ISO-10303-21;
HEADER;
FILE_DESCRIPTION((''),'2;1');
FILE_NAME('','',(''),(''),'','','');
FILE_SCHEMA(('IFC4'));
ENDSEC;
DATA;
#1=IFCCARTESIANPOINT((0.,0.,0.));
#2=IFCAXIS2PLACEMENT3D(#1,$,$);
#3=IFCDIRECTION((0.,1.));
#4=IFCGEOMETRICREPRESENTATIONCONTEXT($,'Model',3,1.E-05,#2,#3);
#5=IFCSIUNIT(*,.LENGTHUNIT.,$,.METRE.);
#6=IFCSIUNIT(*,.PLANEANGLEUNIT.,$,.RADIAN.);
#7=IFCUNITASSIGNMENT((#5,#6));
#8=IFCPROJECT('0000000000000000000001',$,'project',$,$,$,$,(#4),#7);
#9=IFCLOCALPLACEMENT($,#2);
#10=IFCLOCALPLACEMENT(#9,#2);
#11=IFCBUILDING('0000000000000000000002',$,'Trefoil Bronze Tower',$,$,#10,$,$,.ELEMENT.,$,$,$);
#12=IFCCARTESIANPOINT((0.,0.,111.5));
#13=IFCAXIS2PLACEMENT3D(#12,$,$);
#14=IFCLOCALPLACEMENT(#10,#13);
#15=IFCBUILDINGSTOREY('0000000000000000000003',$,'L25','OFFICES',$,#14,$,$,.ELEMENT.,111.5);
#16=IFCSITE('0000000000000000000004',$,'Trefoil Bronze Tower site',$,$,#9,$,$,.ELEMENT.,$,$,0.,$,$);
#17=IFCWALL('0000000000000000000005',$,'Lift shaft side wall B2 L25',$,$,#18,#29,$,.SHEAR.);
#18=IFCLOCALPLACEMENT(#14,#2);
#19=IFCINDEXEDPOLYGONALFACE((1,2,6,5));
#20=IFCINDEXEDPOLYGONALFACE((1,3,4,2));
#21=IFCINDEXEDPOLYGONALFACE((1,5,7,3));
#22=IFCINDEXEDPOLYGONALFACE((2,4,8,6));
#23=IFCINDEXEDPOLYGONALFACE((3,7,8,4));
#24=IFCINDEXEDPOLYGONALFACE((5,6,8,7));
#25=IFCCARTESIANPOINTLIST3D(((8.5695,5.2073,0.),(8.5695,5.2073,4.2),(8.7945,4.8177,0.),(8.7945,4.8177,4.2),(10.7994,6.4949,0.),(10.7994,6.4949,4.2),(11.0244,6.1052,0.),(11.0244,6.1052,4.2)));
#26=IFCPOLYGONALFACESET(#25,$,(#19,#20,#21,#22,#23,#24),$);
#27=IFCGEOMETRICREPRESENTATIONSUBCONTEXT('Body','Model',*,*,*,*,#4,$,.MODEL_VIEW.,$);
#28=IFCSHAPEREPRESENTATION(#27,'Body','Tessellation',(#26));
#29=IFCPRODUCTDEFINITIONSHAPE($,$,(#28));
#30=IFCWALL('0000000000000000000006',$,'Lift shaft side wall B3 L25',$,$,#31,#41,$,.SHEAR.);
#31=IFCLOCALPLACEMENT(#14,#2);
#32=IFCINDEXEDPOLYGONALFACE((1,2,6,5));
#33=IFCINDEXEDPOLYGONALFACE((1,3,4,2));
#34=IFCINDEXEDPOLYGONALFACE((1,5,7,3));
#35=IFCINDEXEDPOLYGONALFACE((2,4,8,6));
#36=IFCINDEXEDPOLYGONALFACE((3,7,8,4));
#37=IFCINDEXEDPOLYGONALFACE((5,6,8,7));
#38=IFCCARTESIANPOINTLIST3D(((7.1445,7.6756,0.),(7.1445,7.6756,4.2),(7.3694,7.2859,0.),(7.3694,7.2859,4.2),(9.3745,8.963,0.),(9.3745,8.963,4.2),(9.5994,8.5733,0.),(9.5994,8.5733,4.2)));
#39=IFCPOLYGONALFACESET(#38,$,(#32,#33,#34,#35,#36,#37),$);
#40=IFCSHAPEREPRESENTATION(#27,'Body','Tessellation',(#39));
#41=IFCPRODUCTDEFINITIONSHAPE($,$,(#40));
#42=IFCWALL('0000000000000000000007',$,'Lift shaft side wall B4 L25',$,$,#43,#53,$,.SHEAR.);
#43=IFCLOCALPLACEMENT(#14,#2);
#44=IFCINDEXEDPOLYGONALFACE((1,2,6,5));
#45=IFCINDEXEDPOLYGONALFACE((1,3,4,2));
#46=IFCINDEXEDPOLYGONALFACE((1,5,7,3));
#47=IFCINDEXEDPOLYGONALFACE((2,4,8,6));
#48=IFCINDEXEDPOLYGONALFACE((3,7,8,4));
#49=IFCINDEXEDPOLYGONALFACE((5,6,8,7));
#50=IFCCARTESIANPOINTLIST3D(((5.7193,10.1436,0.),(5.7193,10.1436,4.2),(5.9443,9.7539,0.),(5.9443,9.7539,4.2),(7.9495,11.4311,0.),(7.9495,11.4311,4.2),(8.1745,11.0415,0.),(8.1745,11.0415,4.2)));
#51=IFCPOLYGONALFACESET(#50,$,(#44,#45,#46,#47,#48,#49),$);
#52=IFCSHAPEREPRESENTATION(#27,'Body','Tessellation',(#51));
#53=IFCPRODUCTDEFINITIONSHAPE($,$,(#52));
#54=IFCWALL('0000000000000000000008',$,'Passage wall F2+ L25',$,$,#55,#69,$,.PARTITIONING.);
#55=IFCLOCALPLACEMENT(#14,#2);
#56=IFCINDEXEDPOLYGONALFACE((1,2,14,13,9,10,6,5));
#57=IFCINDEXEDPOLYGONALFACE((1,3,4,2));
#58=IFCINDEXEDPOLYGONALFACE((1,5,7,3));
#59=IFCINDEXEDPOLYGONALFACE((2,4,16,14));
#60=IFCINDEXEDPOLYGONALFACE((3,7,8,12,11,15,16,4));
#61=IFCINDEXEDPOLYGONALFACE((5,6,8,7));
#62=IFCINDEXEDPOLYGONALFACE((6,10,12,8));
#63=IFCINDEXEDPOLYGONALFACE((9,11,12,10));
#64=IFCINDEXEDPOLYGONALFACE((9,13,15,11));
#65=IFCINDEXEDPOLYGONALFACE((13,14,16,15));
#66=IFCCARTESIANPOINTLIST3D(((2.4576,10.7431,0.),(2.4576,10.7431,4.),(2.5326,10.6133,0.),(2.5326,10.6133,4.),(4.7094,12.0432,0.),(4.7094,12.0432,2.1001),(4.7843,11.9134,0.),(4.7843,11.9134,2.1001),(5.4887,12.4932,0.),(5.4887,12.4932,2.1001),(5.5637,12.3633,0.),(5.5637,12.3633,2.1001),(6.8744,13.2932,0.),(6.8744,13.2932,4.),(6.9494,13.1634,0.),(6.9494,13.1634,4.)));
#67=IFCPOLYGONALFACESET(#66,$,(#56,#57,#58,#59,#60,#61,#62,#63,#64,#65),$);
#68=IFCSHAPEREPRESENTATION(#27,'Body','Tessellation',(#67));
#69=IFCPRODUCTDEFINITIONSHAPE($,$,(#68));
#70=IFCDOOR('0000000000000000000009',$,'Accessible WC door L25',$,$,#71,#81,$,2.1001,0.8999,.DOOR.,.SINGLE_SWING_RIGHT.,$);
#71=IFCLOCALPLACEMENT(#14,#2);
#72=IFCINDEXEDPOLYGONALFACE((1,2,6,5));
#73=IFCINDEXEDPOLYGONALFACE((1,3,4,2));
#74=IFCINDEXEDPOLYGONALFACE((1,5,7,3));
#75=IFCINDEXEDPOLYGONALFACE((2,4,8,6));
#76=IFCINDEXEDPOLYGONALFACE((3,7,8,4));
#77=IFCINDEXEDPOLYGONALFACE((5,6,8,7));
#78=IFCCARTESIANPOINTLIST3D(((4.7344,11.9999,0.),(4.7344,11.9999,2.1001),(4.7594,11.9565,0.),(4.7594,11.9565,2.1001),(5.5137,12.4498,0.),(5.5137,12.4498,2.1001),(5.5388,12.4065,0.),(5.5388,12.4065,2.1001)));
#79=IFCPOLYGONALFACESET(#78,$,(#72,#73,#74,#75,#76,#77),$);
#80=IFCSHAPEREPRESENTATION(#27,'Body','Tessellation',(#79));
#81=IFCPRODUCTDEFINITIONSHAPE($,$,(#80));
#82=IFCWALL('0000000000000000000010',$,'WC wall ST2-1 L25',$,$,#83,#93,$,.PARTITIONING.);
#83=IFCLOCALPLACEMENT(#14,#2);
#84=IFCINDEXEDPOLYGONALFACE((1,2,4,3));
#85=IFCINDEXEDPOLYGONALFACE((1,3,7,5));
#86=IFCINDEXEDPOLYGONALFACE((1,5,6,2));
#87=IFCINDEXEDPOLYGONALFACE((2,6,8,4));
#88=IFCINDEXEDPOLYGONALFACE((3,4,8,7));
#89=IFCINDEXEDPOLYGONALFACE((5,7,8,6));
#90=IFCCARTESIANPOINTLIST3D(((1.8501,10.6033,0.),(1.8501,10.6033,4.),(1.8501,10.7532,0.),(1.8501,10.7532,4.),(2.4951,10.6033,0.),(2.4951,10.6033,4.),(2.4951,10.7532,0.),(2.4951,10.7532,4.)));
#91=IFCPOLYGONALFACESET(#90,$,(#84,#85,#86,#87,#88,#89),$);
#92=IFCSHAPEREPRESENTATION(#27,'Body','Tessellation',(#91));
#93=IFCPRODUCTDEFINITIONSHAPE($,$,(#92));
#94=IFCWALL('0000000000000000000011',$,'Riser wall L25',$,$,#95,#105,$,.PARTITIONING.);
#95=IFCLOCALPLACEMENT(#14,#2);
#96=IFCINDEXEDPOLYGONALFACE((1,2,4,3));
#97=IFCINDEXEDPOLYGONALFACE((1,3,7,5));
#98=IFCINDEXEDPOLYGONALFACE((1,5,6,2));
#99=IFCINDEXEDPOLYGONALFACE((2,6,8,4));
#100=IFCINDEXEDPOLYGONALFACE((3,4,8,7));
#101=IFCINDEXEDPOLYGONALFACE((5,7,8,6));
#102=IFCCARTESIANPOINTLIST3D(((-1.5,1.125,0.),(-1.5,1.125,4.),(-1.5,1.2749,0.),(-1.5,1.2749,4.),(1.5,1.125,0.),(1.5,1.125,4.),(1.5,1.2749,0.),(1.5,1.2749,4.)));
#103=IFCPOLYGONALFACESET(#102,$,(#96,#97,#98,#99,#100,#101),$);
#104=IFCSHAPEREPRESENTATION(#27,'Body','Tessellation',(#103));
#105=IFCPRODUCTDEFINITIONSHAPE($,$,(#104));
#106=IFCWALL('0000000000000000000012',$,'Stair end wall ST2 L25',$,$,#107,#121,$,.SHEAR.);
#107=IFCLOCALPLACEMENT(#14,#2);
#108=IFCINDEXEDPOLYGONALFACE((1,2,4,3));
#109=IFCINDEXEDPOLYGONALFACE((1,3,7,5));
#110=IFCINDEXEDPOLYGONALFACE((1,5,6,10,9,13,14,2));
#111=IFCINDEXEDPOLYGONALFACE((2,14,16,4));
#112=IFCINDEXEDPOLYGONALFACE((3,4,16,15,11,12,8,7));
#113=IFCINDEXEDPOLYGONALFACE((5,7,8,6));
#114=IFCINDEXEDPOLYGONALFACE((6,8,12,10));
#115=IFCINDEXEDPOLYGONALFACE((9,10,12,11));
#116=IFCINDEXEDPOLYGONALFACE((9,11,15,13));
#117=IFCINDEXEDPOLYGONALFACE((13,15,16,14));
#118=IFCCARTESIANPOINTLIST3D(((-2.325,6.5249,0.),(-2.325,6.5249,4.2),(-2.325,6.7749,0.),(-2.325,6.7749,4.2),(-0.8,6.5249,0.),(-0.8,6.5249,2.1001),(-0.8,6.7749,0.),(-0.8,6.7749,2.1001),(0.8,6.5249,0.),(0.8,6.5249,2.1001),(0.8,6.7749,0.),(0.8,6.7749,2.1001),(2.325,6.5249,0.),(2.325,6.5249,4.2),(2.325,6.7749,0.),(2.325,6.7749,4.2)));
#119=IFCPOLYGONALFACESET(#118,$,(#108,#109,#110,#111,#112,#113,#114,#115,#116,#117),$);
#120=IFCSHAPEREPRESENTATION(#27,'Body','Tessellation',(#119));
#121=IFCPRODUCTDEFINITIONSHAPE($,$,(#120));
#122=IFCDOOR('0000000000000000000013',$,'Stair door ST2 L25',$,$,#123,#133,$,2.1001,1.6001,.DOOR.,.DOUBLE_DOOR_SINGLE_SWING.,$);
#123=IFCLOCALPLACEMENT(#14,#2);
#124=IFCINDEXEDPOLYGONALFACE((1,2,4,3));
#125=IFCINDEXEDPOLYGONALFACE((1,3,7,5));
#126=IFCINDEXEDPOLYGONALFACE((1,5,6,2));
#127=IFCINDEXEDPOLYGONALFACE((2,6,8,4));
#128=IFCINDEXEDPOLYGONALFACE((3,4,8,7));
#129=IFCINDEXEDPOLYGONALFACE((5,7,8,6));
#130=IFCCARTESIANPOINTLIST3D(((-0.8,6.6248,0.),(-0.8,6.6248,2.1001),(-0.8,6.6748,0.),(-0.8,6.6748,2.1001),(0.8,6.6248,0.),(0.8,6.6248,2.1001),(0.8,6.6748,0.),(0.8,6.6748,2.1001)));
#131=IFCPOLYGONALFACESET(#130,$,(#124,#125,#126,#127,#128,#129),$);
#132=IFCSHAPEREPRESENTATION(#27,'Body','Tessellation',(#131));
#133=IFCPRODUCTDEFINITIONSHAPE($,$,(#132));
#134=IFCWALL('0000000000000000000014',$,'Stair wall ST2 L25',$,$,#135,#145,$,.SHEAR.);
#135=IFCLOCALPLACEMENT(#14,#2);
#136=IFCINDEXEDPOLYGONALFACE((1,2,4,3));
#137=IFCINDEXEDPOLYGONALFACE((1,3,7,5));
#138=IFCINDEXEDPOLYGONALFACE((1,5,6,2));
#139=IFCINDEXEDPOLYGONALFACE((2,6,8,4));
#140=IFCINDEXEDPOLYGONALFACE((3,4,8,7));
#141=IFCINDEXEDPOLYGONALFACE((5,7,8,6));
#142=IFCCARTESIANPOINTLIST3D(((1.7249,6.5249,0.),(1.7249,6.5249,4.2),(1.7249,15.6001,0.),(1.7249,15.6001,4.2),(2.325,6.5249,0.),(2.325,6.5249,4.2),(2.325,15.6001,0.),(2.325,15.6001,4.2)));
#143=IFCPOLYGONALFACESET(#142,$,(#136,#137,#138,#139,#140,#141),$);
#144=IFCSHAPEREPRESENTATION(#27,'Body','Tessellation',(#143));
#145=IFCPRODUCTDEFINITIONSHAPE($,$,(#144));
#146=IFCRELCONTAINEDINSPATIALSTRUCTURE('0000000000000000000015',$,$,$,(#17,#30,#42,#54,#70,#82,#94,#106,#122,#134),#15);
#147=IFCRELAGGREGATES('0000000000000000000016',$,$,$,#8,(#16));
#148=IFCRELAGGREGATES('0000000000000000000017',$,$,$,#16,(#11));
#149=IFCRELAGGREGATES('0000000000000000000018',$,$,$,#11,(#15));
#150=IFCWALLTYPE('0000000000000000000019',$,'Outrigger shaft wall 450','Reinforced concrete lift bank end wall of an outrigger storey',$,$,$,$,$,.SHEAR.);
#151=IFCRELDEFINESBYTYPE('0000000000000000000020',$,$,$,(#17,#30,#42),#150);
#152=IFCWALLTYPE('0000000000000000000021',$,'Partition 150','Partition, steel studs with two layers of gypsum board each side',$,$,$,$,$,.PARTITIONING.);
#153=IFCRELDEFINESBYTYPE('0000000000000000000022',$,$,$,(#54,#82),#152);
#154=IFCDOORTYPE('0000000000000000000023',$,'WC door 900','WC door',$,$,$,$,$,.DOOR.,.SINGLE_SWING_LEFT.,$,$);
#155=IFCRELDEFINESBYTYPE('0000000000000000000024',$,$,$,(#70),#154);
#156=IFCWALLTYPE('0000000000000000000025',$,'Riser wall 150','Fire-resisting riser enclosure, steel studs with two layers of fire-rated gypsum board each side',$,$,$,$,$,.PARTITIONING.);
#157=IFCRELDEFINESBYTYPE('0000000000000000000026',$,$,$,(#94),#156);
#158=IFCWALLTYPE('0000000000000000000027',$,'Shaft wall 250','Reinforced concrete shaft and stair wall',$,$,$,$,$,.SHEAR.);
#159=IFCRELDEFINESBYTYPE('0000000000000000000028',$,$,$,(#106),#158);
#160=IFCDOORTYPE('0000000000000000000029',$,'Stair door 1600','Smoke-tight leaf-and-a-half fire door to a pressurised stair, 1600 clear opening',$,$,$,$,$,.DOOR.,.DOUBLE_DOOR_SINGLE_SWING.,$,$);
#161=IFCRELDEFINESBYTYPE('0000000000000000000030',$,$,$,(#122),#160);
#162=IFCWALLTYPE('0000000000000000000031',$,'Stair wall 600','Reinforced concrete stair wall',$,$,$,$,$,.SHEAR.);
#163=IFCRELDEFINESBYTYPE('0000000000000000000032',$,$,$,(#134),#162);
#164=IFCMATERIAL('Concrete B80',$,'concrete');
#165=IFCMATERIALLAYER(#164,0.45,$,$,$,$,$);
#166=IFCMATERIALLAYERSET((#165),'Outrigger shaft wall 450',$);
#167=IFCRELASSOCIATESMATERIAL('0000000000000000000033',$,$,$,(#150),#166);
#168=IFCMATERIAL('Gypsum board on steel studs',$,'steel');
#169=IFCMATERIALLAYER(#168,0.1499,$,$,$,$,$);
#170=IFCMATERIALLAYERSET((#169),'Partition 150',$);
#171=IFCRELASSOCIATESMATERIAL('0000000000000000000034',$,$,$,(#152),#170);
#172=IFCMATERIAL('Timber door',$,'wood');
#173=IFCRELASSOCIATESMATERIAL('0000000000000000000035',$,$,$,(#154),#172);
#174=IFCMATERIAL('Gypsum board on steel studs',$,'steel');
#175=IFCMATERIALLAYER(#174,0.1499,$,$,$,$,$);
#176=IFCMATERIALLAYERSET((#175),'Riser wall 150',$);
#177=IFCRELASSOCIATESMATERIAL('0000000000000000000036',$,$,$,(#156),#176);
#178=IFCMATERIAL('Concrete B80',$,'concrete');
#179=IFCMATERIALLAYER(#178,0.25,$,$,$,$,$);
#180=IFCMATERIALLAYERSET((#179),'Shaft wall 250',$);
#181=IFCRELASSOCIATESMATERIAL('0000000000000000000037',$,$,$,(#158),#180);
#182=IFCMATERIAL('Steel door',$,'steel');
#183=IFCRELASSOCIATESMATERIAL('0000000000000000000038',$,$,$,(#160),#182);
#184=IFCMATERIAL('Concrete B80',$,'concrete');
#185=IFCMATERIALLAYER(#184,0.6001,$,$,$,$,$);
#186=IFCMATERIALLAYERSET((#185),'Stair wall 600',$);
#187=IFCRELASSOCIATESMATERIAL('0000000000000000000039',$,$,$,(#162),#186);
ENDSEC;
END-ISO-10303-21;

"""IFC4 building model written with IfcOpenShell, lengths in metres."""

from ifc_helpers import new_model, si_unit, direction, frame, frame_2d, origin, place, context, subcontext, project, spatial, rectangle, extrude, material, layer, layer_set, type_object, element, fill, save


model = new_model("IFC4")

# Units and contexts
model_context = context("Model", 3, precision=1e-05, world=origin(), true_north=direction((0.0, 1.0)))
body_context = subcontext(model_context, "Body", "Model", "MODEL_VIEW")
ifc_project = project(units=[si_unit("LENGTHUNIT", "METRE"), si_unit("PLANEANGLEUNIT", "RADIAN")], contexts=[model_context])

# Site, building, storey
site_placement = place(None, origin())
site = spatial("IfcSite", under=ifc_project, at=site_placement, Name="Trefoil Bronze Tower site", CompositionType="ELEMENT", RefElevation=0.0)
building_placement = place(site_placement, origin())
building = spatial("IfcBuilding", under=site, at=building_placement, Name="Trefoil Bronze Tower", CompositionType="ELEMENT")
storey_placement = place(building_placement, frame((0.0, 0.0, 111.5)))
storey = spatial("IfcBuildingStorey", under=building, at=storey_placement, Name="L25", Description="OFFICES", CompositionType="ELEMENT", Elevation=111.5)

# Walls
ifc_material_1 = material(Name="Concrete B80", Category="concrete")
ifc_layer_1 = layer(ifc_material_1, 0.45)
ifc_layer_set_1 = layer_set([ifc_layer_1], Name="Outrigger shaft wall 450")
wall_type_1 = type_object("IfcWallType", Name="Outrigger shaft wall 450", Description="Reinforced concrete lift bank end wall of an outrigger storey", PredefinedType="SHEAR", material=ifc_layer_set_1)
for number, where, z_axis, x_axis, name in (
    (1, (8.6819, 5.0125, 0.0), (0.0, 0.0, 1.0), (0.866006, 0.500034, 0.0), "Lift shaft side wall B2 L25"),
    (2, (7.2568, 7.4807, 0.0), (0.0, 0.0, 1.0), (0.866047, 0.499963, 0.0), "Lift shaft side wall B3 L25"),
):
    element("IfcWall", number, at=place(storey_placement, frame(where, z_axis=z_axis, x_axis=x_axis)), inside=storey, type_object=wall_type_1, Name=name, PredefinedType="SHEAR", context=body_context, shape_type="SweptSolid", body=[
        extrude(rectangle(XDim=2.575, YDim=0.45, at=frame_2d((1.2876, 0.0))), origin(), (0.0, 0.0, 1.0), 4.2),
    ])
wall_1_placement = place(storey_placement, frame((5.8318, 9.9487, 0.0), z_axis=(0.0, 0.0, 1.0), x_axis=(0.866029, 0.499993, 0.0)))
element("IfcWall", 3, at=wall_1_placement, inside=storey, type_object=wall_type_1, Name="Lift shaft side wall B4 L25", PredefinedType="SHEAR", context=body_context, shape_type="SweptSolid", body=[
    extrude(rectangle(XDim=2.5752, YDim=0.45, at=frame_2d((1.2876, 0.0))), origin(), (0.0, 0.0, 1.0), 4.2),
])

# Wall, opening, door
ifc_material_2 = material(Name="Gypsum board on steel studs", Category="steel")
ifc_layer_2 = layer(ifc_material_2, 0.1499)
ifc_layer_set_2 = layer_set([ifc_layer_2], Name="Partition 150")
wall_type_2 = type_object("IfcWallType", Name="Partition 150", Description="Partition, steel studs with two layers of gypsum board each side", PredefinedType="PARTITIONING", material=ifc_layer_set_2)
wall_2_placement = place(storey_placement, frame((2.4951, 10.6782, 0.0), z_axis=(0.0, 0.0, 1.0), x_axis=(0.866022, 0.500006, 0.0)))
wall_2 = element("IfcWall", 4, at=wall_2_placement, inside=storey, type_object=wall_type_2, Name="Passage wall F2+ L25", PredefinedType="PARTITIONING", context=body_context, shape_type="SweptSolid", body=[
    extrude(rectangle(XDim=5.1001, YDim=0.1499, at=frame_2d((2.55, 0.0))), origin(), (0.0, 0.0, 1.0), 4.0),
])
opening_1_placement = place(wall_2_placement, frame((2.6001, 0.0, 0.0)))
opening_1 = element("IfcOpeningElement", 5, at=opening_1_placement, cuts=wall_2, PredefinedType="OPENING", context=body_context, shape_type="SweptSolid", body=[
    extrude(rectangle(XDim=0.8999, YDim=2.1001, at=frame_2d((0.45, 1.05))), frame((0.0, 0.085, 0.0), z_axis=(0.0, -1.0, 0.0), x_axis=(1.0, 0.0, 0.0)), (0.0, 0.0, 1.0), 0.1699),
])
ifc_material_3 = material(Name="Timber door", Category="wood")
door_type_1 = type_object("IfcDoorType", Name="WC door 900", Description="WC door", OperationType="SINGLE_SWING_LEFT", PredefinedType="DOOR", material=ifc_material_3)
door_1_placement = place(opening_1_placement, origin())
door_1 = element("IfcDoor", 6, at=door_1_placement, inside=storey, type_object=door_type_1, Name="Accessible WC door L25", OperationType="SINGLE_SWING_RIGHT", OverallHeight=2.1001, OverallWidth=0.8999, PredefinedType="DOOR", context=body_context, shape_type="SweptSolid", body=[
    extrude(rectangle(XDim=0.8999, YDim=2.1001, at=frame_2d((0.45, 1.05))), frame((0.0, 0.0249, 0.0), z_axis=(0.0, -1.0, 0.0), x_axis=(1.0, 0.0, 0.0)), (0.0, 0.0, 1.0), 0.05),
])
fill(opening_1, door_1)

# Walls
wall_3_placement = place(storey_placement, frame((2.4951, 10.6782, 0.0), z_axis=(0.0, 0.0, 1.0), x_axis=(-1.0, 0.0, 0.0)))
element("IfcWall", 7, at=wall_3_placement, inside=storey, type_object=wall_type_2, Name="WC wall ST2-1 L25", PredefinedType="PARTITIONING", context=body_context, shape_type="SweptSolid", body=[
    extrude(rectangle(XDim=0.645, YDim=0.1499, at=frame_2d((0.3225, 0.0))), origin(), (0.0, 0.0, 1.0), 4.0),
])
ifc_material_4 = material(Name="Gypsum board on steel studs", Category="steel")
ifc_layer_3 = layer(ifc_material_4, 0.1499)
ifc_layer_set_3 = layer_set([ifc_layer_3], Name="Riser wall 150")
wall_type_3 = type_object("IfcWallType", Name="Riser wall 150", Description="Fire-resisting riser enclosure, steel studs with two layers of fire-rated gypsum board each side", PredefinedType="PARTITIONING", material=ifc_layer_set_3)
wall_4_placement = place(storey_placement, frame((1.5, 1.2, 0.0), z_axis=(0.0, 0.0, 1.0), x_axis=(-1.0, 0.0, 0.0)))
element("IfcWall", 8, at=wall_4_placement, inside=storey, type_object=wall_type_3, Name="Riser wall L25", PredefinedType="PARTITIONING", context=body_context, shape_type="SweptSolid", body=[
    extrude(rectangle(XDim=3.0, YDim=0.1499, at=frame_2d((1.5, 0.0))), origin(), (0.0, 0.0, 1.0), 4.0),
])

# Wall, opening, door
ifc_material_5 = material(Name="Concrete B80", Category="concrete")
ifc_layer_4 = layer(ifc_material_5, 0.25)
ifc_layer_set_4 = layer_set([ifc_layer_4], Name="Shaft wall 250")
wall_type_4 = type_object("IfcWallType", Name="Shaft wall 250", Description="Reinforced concrete shaft and stair wall", PredefinedType="SHEAR", material=ifc_layer_set_4)
wall_5_placement = place(storey_placement, frame((2.325, 6.6499, 0.0), z_axis=(0.0, 0.0, 1.0), x_axis=(-1.0, 0.0, 0.0)))
wall_5 = element("IfcWall", 9, at=wall_5_placement, inside=storey, type_object=wall_type_4, Name="Stair end wall ST2 L25", PredefinedType="SHEAR", context=body_context, shape_type="SweptSolid", body=[
    extrude(rectangle(XDim=4.6499, YDim=0.25, at=frame_2d((2.325, 0.0))), origin(), (0.0, 0.0, 1.0), 4.2),
])
opening_2_placement = place(wall_5_placement, frame((1.5249, 0.0, 0.0)))
opening_2 = element("IfcOpeningElement", 10, at=opening_2_placement, cuts=wall_5, PredefinedType="OPENING", context=body_context, shape_type="SweptSolid", body=[
    extrude(rectangle(XDim=1.6001, YDim=2.1001, at=frame_2d((0.8, 1.05))), frame((0.0, 0.135, 0.0), z_axis=(0.0, -1.0, 0.0), x_axis=(1.0, 0.0, 0.0)), (0.0, 0.0, 1.0), 0.27),
])
ifc_material_6 = material(Name="Steel door", Category="steel")
door_type_2 = type_object("IfcDoorType", Name="Stair door 1600", Description="Smoke-tight leaf-and-a-half fire door to a pressurised stair, 1600 clear opening", OperationType="DOUBLE_DOOR_SINGLE_SWING", PredefinedType="DOOR", material=ifc_material_6)
door_2_placement = place(opening_2_placement, frame((1.6001, 0.0, 0.0), z_axis=(0.0, 0.0, 1.0), x_axis=(-1.0, 0.0, 0.0)))
door_2 = element("IfcDoor", 11, at=door_2_placement, inside=storey, type_object=door_type_2, Name="Stair door ST2 L25", OperationType="DOUBLE_DOOR_SINGLE_SWING", OverallHeight=2.1001, OverallWidth=1.6001, PredefinedType="DOOR", context=body_context, shape_type="SweptSolid", body=[
    extrude(rectangle(XDim=1.6001, YDim=2.1001, at=frame_2d((0.8, 1.05))), frame((0.0, 0.0249, 0.0), z_axis=(0.0, -1.0, 0.0), x_axis=(1.0, 0.0, 0.0)), (0.0, 0.0, 1.0), 0.05),
])
fill(opening_2, door_2)

# Wall
ifc_material_7 = material(Name="Concrete B80", Category="concrete")
ifc_layer_5 = layer(ifc_material_7, 0.6001)
ifc_layer_set_5 = layer_set([ifc_layer_5], Name="Stair wall 600")
wall_type_5 = type_object("IfcWallType", Name="Stair wall 600", Description="Reinforced concrete stair wall", PredefinedType="SHEAR", material=ifc_layer_set_5)
wall_6_placement = place(storey_placement, frame((2.0249, 6.5249, 0.0), z_axis=(0.0, 0.0, 1.0), x_axis=(0.0, 1.0, 0.0)))
element("IfcWall", 12, at=wall_6_placement, inside=storey, type_object=wall_type_5, Name="Stair wall ST2 L25", PredefinedType="SHEAR", context=body_context, shape_type="SweptSolid", body=[
    extrude(rectangle(XDim=9.0752, YDim=0.6001, at=frame_2d((4.5376, 0.0))), origin(), (0.0, 0.0, 1.0), 4.2),
])

save(model, "model.ifc")
